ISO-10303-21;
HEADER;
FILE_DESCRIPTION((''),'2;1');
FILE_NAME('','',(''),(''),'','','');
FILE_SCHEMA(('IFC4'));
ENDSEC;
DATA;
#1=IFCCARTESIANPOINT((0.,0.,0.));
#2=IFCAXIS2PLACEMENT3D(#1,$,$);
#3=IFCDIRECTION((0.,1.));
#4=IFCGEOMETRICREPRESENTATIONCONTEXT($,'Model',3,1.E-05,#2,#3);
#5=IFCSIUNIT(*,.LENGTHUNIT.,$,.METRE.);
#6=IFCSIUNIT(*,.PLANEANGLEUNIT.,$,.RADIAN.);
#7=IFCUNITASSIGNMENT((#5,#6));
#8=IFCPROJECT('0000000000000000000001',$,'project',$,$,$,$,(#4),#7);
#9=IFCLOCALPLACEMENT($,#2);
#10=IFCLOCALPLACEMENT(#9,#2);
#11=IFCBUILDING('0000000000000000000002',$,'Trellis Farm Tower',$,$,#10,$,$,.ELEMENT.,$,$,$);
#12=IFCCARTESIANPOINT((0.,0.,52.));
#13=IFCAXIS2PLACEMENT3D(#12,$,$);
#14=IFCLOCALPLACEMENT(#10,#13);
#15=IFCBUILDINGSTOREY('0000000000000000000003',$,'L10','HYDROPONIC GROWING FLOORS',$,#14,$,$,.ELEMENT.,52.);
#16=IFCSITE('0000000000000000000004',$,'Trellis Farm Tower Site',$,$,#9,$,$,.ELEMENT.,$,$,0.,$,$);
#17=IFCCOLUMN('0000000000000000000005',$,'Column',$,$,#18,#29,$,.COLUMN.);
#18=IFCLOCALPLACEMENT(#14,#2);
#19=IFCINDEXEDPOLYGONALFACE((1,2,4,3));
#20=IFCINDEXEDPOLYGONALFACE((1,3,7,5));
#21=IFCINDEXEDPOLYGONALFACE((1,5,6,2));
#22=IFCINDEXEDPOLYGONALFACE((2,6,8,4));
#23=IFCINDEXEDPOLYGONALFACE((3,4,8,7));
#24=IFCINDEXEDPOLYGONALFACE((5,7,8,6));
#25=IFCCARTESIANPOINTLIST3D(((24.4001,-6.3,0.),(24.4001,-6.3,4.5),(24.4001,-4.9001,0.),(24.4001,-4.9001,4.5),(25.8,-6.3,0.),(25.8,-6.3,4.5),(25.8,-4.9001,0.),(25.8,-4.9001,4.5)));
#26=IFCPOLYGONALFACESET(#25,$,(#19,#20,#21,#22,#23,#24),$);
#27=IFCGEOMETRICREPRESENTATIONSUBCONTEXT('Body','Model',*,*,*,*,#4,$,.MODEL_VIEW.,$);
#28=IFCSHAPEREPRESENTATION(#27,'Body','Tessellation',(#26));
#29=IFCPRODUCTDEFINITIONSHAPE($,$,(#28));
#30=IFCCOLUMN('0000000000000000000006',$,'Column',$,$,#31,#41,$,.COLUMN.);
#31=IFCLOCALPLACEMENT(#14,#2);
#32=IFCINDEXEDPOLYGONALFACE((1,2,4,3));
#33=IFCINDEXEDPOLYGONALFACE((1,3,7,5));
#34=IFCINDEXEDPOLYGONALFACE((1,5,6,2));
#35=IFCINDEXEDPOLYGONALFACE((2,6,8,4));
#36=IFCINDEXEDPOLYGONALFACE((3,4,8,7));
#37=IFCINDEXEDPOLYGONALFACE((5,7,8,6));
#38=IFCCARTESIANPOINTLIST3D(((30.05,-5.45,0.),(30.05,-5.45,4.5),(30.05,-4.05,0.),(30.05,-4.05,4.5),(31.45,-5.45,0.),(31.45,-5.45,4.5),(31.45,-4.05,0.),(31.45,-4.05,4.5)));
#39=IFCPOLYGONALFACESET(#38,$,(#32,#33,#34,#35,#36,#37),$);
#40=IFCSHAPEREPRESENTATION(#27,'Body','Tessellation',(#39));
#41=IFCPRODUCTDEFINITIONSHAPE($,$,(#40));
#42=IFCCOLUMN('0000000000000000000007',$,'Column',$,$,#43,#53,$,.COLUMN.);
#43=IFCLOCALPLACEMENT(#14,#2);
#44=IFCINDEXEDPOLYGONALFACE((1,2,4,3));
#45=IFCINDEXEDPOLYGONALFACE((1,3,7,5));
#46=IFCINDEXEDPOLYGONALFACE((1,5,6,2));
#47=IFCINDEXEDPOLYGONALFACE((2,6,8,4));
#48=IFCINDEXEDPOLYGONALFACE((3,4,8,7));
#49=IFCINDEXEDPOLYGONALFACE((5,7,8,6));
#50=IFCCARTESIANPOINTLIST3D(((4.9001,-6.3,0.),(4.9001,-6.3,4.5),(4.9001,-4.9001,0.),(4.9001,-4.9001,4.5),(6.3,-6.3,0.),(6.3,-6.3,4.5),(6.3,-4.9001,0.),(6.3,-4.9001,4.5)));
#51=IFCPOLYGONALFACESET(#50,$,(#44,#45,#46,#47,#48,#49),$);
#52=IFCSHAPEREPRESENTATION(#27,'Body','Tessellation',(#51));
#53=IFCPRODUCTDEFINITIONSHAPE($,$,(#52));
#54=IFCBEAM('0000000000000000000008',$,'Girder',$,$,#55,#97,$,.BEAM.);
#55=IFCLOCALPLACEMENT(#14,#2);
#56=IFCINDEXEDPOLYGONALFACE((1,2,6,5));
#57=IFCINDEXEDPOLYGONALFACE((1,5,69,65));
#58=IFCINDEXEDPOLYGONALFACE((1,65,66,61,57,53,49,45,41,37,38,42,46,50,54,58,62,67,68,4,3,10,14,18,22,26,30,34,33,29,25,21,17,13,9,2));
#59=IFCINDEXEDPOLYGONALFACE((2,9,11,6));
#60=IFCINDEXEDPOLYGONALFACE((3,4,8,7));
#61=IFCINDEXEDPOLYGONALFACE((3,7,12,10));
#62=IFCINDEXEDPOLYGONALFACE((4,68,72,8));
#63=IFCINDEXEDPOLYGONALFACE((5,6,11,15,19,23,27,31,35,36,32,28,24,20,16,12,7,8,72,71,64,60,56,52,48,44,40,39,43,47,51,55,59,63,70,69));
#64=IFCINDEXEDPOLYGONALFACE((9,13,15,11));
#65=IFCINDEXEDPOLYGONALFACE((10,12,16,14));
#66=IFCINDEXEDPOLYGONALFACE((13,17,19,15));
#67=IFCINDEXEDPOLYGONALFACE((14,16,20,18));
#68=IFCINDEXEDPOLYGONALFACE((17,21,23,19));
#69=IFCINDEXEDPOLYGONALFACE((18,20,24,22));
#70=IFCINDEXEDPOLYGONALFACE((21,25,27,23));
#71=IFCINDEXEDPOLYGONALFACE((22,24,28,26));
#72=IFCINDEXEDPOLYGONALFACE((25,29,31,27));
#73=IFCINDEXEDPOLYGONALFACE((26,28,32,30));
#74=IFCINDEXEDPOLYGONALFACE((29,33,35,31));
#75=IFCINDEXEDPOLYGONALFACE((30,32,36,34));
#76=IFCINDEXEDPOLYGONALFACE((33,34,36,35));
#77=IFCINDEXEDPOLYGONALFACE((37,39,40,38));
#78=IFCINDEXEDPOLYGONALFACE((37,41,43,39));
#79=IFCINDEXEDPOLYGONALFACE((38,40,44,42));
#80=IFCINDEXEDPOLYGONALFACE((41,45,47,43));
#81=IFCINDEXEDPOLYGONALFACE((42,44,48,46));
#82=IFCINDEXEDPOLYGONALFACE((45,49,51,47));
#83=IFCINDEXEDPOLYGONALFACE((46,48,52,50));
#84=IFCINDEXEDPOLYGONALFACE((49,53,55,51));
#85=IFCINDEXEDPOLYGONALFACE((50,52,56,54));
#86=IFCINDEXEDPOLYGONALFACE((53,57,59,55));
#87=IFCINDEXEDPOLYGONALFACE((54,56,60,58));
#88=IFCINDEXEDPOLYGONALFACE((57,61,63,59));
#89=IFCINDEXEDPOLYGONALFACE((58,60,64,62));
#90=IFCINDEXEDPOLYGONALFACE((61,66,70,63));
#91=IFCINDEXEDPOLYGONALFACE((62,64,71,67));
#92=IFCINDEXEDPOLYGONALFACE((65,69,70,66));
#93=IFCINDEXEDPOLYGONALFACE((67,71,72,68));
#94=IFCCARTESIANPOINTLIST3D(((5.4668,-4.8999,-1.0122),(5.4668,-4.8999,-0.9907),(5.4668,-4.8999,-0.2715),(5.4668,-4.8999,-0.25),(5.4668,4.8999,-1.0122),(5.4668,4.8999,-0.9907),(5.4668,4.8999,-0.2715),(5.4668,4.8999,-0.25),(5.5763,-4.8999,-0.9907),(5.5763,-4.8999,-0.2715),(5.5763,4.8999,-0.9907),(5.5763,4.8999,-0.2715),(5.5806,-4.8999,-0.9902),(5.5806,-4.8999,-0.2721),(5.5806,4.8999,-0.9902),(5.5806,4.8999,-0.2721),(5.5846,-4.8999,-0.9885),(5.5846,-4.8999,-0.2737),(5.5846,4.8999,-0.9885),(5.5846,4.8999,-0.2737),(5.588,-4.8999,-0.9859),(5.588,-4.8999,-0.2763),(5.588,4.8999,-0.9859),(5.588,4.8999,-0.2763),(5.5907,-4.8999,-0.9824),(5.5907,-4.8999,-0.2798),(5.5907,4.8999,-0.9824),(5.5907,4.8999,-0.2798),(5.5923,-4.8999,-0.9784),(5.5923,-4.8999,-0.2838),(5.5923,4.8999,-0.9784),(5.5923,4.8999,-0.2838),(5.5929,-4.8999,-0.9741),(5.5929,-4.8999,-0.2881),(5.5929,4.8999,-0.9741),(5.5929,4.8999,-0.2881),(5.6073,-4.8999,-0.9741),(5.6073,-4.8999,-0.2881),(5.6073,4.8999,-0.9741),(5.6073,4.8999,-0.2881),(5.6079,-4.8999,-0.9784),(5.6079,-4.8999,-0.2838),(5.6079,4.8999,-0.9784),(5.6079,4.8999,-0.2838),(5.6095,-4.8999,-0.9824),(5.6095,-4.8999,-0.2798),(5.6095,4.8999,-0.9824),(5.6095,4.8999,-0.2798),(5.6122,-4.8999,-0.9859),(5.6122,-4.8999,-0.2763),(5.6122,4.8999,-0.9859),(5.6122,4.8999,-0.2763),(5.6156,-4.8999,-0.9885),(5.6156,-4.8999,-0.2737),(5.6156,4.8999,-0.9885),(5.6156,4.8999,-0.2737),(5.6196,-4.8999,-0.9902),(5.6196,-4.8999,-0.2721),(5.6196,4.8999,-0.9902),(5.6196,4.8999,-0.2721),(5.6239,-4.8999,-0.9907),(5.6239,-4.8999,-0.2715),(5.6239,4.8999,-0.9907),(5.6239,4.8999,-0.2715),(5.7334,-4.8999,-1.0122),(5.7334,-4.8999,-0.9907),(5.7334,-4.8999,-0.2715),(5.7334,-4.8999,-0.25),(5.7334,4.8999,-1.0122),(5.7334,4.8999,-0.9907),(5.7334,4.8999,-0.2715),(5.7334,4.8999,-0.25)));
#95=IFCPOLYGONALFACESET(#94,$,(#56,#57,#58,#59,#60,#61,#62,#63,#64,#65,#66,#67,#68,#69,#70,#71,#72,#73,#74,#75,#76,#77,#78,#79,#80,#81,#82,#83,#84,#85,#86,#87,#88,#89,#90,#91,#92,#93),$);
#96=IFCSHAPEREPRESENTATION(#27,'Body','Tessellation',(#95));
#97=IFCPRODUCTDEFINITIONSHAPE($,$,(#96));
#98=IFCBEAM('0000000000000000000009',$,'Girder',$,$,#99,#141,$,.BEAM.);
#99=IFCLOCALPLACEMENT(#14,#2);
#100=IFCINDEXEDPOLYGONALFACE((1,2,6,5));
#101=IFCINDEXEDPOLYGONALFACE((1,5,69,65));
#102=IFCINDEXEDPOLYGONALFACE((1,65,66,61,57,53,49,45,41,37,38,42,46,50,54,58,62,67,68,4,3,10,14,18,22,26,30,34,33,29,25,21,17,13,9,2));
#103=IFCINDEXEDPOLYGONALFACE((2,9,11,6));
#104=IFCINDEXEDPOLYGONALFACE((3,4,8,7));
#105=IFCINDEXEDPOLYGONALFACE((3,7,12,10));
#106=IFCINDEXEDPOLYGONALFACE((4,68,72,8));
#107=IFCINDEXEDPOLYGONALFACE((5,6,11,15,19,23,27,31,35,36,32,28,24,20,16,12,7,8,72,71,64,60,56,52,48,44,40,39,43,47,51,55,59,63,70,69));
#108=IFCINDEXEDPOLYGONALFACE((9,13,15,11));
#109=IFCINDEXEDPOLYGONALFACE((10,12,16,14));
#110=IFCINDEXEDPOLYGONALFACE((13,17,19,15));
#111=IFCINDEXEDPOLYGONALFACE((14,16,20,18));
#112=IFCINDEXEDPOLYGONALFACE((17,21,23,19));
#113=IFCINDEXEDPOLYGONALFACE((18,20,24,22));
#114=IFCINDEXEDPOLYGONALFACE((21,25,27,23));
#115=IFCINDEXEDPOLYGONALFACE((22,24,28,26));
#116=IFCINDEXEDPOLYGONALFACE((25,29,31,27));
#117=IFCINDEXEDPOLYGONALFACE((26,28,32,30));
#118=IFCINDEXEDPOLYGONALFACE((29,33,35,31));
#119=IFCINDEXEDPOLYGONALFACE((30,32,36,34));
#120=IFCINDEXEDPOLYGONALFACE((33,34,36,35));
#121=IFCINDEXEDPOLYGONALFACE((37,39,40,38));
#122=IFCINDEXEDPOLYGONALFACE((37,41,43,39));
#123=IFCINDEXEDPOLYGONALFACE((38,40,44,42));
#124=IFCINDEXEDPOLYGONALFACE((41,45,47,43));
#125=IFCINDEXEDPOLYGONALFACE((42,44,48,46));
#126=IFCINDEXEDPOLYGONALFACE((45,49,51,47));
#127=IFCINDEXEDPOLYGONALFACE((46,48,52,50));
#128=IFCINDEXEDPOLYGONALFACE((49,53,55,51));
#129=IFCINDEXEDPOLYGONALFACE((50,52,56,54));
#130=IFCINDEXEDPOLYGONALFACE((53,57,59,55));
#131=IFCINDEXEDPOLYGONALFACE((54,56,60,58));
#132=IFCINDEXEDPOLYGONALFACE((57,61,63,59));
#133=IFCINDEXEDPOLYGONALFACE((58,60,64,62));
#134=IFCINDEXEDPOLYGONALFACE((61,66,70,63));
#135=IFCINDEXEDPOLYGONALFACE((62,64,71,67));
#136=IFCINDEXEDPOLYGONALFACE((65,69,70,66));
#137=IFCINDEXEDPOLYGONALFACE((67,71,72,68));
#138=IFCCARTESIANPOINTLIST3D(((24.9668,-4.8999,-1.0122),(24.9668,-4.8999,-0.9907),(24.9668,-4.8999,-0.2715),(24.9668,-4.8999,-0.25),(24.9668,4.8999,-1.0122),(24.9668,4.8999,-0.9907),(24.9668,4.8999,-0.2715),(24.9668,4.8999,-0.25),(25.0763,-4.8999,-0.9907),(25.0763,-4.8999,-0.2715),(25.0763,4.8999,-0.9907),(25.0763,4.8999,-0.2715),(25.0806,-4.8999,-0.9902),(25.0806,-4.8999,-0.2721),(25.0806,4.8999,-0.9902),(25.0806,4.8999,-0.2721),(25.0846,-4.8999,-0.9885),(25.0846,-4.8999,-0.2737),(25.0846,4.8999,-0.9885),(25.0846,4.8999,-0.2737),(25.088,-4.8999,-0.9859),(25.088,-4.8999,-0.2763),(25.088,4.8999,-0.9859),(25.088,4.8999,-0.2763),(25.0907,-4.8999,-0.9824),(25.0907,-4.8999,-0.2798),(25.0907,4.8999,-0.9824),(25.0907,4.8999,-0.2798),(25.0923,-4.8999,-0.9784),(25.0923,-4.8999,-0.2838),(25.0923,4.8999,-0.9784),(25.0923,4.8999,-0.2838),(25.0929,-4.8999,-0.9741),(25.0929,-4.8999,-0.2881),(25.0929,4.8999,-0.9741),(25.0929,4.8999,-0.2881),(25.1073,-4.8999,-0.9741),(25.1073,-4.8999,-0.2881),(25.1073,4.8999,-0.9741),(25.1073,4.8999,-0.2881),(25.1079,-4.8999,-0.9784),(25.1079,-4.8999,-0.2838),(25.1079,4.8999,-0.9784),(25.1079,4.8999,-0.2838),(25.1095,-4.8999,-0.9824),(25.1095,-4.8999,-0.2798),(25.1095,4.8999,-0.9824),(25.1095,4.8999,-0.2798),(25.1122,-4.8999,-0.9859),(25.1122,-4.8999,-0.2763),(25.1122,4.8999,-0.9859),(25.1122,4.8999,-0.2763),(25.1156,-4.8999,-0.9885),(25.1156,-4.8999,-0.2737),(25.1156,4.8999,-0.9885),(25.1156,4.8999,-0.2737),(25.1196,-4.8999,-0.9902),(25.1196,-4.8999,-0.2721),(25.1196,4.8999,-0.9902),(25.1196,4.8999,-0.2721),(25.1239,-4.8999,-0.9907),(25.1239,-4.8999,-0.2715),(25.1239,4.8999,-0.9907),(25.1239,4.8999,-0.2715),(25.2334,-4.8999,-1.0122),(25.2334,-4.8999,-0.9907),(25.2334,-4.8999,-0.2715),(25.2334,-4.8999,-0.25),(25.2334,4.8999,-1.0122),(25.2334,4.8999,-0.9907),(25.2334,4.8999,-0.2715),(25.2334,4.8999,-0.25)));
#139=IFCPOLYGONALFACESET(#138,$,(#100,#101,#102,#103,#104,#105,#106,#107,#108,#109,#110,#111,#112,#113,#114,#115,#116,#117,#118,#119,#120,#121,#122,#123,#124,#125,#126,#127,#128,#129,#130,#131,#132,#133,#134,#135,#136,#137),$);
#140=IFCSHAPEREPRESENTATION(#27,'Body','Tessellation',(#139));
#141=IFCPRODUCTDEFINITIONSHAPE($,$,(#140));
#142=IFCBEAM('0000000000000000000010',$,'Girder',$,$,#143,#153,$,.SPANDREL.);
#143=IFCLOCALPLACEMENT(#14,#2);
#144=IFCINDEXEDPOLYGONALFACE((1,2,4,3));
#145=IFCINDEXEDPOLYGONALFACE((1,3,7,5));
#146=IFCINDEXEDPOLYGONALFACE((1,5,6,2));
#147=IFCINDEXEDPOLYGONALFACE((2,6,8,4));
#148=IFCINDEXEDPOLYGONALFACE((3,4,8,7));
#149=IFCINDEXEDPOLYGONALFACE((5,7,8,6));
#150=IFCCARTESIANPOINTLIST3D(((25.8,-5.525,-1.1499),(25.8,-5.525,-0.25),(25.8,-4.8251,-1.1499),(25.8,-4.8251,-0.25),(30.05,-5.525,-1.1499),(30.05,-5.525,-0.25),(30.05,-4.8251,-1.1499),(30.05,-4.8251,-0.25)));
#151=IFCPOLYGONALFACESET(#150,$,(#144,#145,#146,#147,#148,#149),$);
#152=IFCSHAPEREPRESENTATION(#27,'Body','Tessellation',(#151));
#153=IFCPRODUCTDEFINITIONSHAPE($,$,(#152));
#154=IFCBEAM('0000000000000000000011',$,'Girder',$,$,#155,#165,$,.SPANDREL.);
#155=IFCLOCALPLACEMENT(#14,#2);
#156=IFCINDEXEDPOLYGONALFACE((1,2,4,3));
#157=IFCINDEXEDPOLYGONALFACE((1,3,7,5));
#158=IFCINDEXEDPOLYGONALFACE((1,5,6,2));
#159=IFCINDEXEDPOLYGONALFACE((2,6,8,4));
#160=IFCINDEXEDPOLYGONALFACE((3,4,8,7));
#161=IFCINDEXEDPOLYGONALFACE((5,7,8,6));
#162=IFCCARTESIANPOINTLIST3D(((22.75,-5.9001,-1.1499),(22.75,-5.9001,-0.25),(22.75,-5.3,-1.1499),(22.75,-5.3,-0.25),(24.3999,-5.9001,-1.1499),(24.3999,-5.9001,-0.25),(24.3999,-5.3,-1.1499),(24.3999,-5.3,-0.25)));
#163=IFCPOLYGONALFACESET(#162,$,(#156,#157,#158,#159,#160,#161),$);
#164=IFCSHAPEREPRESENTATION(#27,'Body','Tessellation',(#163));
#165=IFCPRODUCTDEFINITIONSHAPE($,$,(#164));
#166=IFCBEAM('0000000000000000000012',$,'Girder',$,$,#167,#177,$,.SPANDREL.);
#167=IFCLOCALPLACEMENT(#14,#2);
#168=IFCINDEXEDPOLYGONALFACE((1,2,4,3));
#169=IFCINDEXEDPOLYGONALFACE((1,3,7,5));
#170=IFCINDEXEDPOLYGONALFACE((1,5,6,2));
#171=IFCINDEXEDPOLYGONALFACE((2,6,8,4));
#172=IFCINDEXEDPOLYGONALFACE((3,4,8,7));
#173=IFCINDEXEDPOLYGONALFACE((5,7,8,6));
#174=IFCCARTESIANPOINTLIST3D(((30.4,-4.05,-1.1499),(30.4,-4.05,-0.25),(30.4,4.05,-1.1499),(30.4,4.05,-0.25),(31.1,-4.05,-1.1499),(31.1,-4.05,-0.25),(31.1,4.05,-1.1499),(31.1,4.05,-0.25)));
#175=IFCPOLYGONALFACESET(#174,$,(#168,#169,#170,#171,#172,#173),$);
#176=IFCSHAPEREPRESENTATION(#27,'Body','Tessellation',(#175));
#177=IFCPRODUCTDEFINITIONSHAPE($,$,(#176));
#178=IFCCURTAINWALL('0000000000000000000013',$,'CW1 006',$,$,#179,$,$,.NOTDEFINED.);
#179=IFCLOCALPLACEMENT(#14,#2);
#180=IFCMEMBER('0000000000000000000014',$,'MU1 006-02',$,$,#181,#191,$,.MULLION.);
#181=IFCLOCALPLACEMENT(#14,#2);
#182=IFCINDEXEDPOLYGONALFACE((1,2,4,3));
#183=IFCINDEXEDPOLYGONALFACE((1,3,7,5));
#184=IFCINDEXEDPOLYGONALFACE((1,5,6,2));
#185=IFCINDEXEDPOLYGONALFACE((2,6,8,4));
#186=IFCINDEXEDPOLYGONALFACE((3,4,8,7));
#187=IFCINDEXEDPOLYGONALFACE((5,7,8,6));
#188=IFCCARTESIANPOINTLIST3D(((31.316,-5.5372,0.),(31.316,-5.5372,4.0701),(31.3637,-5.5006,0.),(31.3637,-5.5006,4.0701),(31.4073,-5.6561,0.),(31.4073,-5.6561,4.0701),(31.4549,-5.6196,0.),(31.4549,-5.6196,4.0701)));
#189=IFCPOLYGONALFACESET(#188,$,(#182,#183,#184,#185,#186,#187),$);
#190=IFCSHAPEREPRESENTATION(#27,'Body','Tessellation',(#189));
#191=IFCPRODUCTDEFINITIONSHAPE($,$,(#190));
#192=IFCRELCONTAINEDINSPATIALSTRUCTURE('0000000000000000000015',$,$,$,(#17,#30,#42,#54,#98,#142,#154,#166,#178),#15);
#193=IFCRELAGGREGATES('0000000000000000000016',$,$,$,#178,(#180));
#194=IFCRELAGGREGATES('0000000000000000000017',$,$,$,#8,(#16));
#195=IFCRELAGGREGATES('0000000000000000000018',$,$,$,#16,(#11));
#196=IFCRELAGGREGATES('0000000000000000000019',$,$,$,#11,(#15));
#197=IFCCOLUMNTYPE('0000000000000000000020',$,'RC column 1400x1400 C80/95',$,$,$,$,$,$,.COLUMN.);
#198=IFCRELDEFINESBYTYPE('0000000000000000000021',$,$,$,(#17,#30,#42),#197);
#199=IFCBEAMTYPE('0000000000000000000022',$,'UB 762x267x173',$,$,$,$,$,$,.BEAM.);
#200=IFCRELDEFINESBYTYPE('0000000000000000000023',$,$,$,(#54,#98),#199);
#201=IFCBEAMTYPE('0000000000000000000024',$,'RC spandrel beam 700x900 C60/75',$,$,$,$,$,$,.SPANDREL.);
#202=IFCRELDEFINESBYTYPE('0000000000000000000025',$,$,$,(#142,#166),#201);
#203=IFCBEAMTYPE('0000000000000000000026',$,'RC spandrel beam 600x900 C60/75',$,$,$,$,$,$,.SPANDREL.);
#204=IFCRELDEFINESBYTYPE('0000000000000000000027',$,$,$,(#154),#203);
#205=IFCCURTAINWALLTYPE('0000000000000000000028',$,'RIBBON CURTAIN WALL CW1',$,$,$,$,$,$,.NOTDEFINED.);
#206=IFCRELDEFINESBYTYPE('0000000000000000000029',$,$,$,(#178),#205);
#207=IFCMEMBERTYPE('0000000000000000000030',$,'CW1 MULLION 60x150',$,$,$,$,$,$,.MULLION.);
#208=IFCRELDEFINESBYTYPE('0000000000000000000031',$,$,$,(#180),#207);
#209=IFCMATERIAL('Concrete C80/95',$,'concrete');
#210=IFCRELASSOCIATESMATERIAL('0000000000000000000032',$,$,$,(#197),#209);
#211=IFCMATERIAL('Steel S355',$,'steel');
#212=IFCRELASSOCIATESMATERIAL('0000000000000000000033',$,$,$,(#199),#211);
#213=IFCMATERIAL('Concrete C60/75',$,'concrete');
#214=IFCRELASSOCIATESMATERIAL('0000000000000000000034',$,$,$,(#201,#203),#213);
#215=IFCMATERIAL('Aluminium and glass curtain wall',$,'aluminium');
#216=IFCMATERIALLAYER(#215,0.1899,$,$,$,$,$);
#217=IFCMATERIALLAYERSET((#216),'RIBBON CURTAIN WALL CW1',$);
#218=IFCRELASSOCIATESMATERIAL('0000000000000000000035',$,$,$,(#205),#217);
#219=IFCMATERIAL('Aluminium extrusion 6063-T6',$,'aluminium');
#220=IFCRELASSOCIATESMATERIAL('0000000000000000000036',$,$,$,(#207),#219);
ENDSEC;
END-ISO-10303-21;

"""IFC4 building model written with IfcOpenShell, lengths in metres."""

from ifc_helpers import new_model, si_unit, direction, frame, origin, origin_2d, place, context, subcontext, project, spatial, rectangle, i_section, extrude, source, transform, mapped, material, layer, layer_set, material_profile, profile_set, type_object, element, aggregate, save


model = new_model("IFC4")

# Units and contexts
model_context = context("Model", 3, precision=1e-05, world=origin(), true_north=direction((0.0, 1.0)))
body_context = subcontext(model_context, "Body", "Model", "MODEL_VIEW")
ifc_project = project(units=[si_unit("LENGTHUNIT", "METRE"), si_unit("PLANEANGLEUNIT", "RADIAN")], contexts=[model_context])

# Site, building, storey
site_placement = place(None, origin())
site = spatial("IfcSite", under=ifc_project, at=site_placement, Name="Trellis Farm Tower Site", CompositionType="ELEMENT", RefElevation=0.0)
building_placement = place(site_placement, origin())
building = spatial("IfcBuilding", under=site, at=building_placement, Name="Trellis Farm Tower", CompositionType="ELEMENT")
storey_placement = place(building_placement, frame((0.0, 0.0, 52.0)))
storey = spatial("IfcBuildingStorey", under=building, at=storey_placement, Name="L10", Description="HYDROPONIC GROWING FLOORS", CompositionType="ELEMENT", Elevation=52.0)

# Columns
ifc_material_1 = material(Name="Concrete C80/95", Category="concrete")
ifc_material_profile_1 = material_profile(ifc_material_1, rectangle(XDim=1.3999, YDim=1.3999, at=origin_2d()), Name="RC column 1400x1400 C80/95")
ifc_profile_set_1 = profile_set([ifc_material_profile_1], Name="Concrete C80/95")
column_type = type_object("IfcColumnType", Name="RC column 1400x1400 C80/95", PredefinedType="COLUMN", material=ifc_profile_set_1)
shared_shape_1 = source(origin(), body_context, "Body", "SweptSolid", [
    extrude(rectangle(XDim=1.3999, YDim=1.3999, at=origin_2d()), origin(), (0.0, 0.0, 1.0), 4.5),
])
for number, where, z_axis, x_axis, name in (
    (1, (25.1001, -5.6001, 0.0), (0.0, 0.0, 1.0), (1.0, 0.0, 0.0), "Column"),
    (2, (30.75, -4.75, 0.0), (0.0, 0.0, 1.0), (1.0, 0.0, 0.0), "Column"),
    (3, (5.6001, -5.6001, 0.0), (0.0, 0.0, 1.0), (1.0, 0.0, 0.0), "Column"),
):
    element("IfcColumn", number, at=place(storey_placement, frame(where, z_axis=z_axis, x_axis=x_axis)), inside=storey, type_object=column_type, Name=name, PredefinedType="COLUMN", context=body_context, shape_type="MappedRepresentation", body=[
        mapped(shared_shape_1, transform((0.0, 0.0, 0.0))),
    ])

# Beams
ifc_material_2 = material(Name="Steel S355", Category="steel")
ifc_material_profile_2 = material_profile(ifc_material_2, i_section(OverallWidth=0.2666, OverallDepth=0.7622, WebThickness=0.0144, FlangeThickness=0.0215, FilletRadius=0.0166, at=origin_2d()), Name="UB 762x267x173")
ifc_profile_set_2 = profile_set([ifc_material_profile_2], Name="Steel S355")
beam_type_1 = type_object("IfcBeamType", Name="UB 762x267x173", PredefinedType="BEAM", material=ifc_profile_set_2)
shared_shape_2 = source(origin(), body_context, "Body", "SweptSolid", [
    extrude(i_section(OverallWidth=0.2666, OverallDepth=0.7622, WebThickness=0.0144, FlangeThickness=0.0215, FilletRadius=0.0166, at=origin_2d()), origin(), (0.0, 0.0, 1.0), 9.7998),
])
for number, where, z_axis, x_axis, name in (
    (4, (5.6001, -4.8999, -0.6311), (0.0, 1.0, 0.0), (-1.0, 0.0, 0.0), "Girder"),
    (5, (25.1001, -4.8999, -0.6311), (0.0, 1.0, 0.0), (-1.0, 0.0, 0.0), "Girder"),
):
    element("IfcBeam", number, at=place(storey_placement, frame(where, z_axis=z_axis, x_axis=x_axis)), inside=storey, type_object=beam_type_1, Name=name, PredefinedType="BEAM", context=body_context, shape_type="MappedRepresentation", body=[
        mapped(shared_shape_2, transform((0.0, 0.0, 0.0))),
    ])
ifc_material_3 = material(Name="Concrete C60/75", Category="concrete")
ifc_material_profile_3 = material_profile(ifc_material_3, rectangle(XDim=0.7, YDim=0.8999, at=origin_2d()), Name="RC spandrel beam 700x900 C60/75")
ifc_profile_set_3 = profile_set([ifc_material_profile_3], Name="Concrete C60/75")
beam_type_2 = type_object("IfcBeamType", Name="RC spandrel beam 700x900 C60/75", PredefinedType="SPANDREL", material=ifc_profile_set_3)
shared_shape_3 = source(origin(), body_context, "Body", "SweptSolid", [
    extrude(rectangle(XDim=0.7, YDim=0.8999, at=origin_2d()), origin(), (0.0, 0.0, 1.0), 4.25),
])
beam_1_placement = place(storey_placement, frame((25.8, -5.175, -0.7), z_axis=(1.0, 0.0, 0.0), x_axis=(0.0, 1.0, 0.0)))
element("IfcBeam", 6, at=beam_1_placement, inside=storey, type_object=beam_type_2, Name="Girder", PredefinedType="SPANDREL", context=body_context, shape_type="MappedRepresentation", body=[
    mapped(shared_shape_3, transform((0.0, 0.0, 0.0))),
])
ifc_material_profile_4 = material_profile(ifc_material_3, rectangle(XDim=0.6001, YDim=0.8999, at=origin_2d()), Name="RC spandrel beam 600x900 C60/75")
ifc_profile_set_4 = profile_set([ifc_material_profile_4], Name="Concrete C60/75")
beam_type_3 = type_object("IfcBeamType", Name="RC spandrel beam 600x900 C60/75", PredefinedType="SPANDREL", material=ifc_profile_set_4)
shared_shape_4 = source(origin(), body_context, "Body", "SweptSolid", [
    extrude(rectangle(XDim=0.6001, YDim=0.8999, at=origin_2d()), origin(), (0.0, 0.0, 1.0), 1.6499),
])
beam_2_placement = place(storey_placement, frame((22.75, -5.6001, -0.7), z_axis=(1.0, 0.0, 0.0), x_axis=(0.0, 1.0, 0.0)))
element("IfcBeam", 7, at=beam_2_placement, inside=storey, type_object=beam_type_3, Name="Girder", PredefinedType="SPANDREL", context=body_context, shape_type="MappedRepresentation", body=[
    mapped(shared_shape_4, transform((0.0, 0.0, 0.0))),
])
shared_shape_5 = source(origin(), body_context, "Body", "SweptSolid", [
    extrude(rectangle(XDim=0.7, YDim=0.8999, at=origin_2d()), origin(), (0.0, 0.0, 1.0), 8.1001),
])
beam_3_placement = place(storey_placement, frame((30.75, -4.05, -0.7), z_axis=(0.0, 1.0, 0.0), x_axis=(-1.0, 0.0, 0.0)))
element("IfcBeam", 8, at=beam_3_placement, inside=storey, type_object=beam_type_2, Name="Girder", PredefinedType="SPANDREL", context=body_context, shape_type="MappedRepresentation", body=[
    mapped(shared_shape_5, transform((0.0, 0.0, 0.0))),
])

# Curtain wall, member
ifc_material_4 = material(Name="Aluminium and glass curtain wall", Category="aluminium")
ifc_layer_1 = layer(ifc_material_4, 0.1899)
ifc_layer_set_1 = layer_set([ifc_layer_1], Name="RIBBON CURTAIN WALL CW1")
curtain_wall_type = type_object("IfcCurtainWallType", Name="RIBBON CURTAIN WALL CW1", PredefinedType="NOTDEFINED", material=ifc_layer_set_1)
placement = place(storey_placement, origin())
curtain_wall = element("IfcCurtainWall", 9, at=placement, inside=storey, type_object=curtain_wall_type, Name="CW1 006", PredefinedType="NOTDEFINED")
ifc_material_5 = material(Name="Aluminium extrusion 6063-T6", Category="aluminium")
ifc_material_profile_5 = material_profile(ifc_material_5, rectangle(XDim=0.0601, YDim=0.1499, at=origin_2d()), Name="MULLION 60x150")
ifc_profile_set_5 = profile_set([ifc_material_profile_5], Name="Aluminium extrusion 6063-T6")
member_type = type_object("IfcMemberType", Name="CW1 MULLION 60x150", PredefinedType="MULLION", material=ifc_profile_set_5)
shared_shape_6 = source(origin(), body_context, "Body", "SweptSolid", [
    extrude(rectangle(XDim=0.0601, YDim=0.1499, at=origin_2d()), origin(), (0.0, 0.0, 1.0), 4.0701),
])
member_placement = place(storey_placement, frame((31.3855, -5.5784, 0.0), z_axis=(0.0, 0.0, 1.0), x_axis=(0.793353, 0.608761, 0.0)))
member = element("IfcMember", 10, at=member_placement, type_object=member_type, Name="MU1 006-02", PredefinedType="MULLION", context=body_context, shape_type="MappedRepresentation", body=[
    mapped(shared_shape_6, transform((0.0, 0.0, 0.0))),
])
aggregate(curtain_wall, [member])

save(model, "model.ifc")
